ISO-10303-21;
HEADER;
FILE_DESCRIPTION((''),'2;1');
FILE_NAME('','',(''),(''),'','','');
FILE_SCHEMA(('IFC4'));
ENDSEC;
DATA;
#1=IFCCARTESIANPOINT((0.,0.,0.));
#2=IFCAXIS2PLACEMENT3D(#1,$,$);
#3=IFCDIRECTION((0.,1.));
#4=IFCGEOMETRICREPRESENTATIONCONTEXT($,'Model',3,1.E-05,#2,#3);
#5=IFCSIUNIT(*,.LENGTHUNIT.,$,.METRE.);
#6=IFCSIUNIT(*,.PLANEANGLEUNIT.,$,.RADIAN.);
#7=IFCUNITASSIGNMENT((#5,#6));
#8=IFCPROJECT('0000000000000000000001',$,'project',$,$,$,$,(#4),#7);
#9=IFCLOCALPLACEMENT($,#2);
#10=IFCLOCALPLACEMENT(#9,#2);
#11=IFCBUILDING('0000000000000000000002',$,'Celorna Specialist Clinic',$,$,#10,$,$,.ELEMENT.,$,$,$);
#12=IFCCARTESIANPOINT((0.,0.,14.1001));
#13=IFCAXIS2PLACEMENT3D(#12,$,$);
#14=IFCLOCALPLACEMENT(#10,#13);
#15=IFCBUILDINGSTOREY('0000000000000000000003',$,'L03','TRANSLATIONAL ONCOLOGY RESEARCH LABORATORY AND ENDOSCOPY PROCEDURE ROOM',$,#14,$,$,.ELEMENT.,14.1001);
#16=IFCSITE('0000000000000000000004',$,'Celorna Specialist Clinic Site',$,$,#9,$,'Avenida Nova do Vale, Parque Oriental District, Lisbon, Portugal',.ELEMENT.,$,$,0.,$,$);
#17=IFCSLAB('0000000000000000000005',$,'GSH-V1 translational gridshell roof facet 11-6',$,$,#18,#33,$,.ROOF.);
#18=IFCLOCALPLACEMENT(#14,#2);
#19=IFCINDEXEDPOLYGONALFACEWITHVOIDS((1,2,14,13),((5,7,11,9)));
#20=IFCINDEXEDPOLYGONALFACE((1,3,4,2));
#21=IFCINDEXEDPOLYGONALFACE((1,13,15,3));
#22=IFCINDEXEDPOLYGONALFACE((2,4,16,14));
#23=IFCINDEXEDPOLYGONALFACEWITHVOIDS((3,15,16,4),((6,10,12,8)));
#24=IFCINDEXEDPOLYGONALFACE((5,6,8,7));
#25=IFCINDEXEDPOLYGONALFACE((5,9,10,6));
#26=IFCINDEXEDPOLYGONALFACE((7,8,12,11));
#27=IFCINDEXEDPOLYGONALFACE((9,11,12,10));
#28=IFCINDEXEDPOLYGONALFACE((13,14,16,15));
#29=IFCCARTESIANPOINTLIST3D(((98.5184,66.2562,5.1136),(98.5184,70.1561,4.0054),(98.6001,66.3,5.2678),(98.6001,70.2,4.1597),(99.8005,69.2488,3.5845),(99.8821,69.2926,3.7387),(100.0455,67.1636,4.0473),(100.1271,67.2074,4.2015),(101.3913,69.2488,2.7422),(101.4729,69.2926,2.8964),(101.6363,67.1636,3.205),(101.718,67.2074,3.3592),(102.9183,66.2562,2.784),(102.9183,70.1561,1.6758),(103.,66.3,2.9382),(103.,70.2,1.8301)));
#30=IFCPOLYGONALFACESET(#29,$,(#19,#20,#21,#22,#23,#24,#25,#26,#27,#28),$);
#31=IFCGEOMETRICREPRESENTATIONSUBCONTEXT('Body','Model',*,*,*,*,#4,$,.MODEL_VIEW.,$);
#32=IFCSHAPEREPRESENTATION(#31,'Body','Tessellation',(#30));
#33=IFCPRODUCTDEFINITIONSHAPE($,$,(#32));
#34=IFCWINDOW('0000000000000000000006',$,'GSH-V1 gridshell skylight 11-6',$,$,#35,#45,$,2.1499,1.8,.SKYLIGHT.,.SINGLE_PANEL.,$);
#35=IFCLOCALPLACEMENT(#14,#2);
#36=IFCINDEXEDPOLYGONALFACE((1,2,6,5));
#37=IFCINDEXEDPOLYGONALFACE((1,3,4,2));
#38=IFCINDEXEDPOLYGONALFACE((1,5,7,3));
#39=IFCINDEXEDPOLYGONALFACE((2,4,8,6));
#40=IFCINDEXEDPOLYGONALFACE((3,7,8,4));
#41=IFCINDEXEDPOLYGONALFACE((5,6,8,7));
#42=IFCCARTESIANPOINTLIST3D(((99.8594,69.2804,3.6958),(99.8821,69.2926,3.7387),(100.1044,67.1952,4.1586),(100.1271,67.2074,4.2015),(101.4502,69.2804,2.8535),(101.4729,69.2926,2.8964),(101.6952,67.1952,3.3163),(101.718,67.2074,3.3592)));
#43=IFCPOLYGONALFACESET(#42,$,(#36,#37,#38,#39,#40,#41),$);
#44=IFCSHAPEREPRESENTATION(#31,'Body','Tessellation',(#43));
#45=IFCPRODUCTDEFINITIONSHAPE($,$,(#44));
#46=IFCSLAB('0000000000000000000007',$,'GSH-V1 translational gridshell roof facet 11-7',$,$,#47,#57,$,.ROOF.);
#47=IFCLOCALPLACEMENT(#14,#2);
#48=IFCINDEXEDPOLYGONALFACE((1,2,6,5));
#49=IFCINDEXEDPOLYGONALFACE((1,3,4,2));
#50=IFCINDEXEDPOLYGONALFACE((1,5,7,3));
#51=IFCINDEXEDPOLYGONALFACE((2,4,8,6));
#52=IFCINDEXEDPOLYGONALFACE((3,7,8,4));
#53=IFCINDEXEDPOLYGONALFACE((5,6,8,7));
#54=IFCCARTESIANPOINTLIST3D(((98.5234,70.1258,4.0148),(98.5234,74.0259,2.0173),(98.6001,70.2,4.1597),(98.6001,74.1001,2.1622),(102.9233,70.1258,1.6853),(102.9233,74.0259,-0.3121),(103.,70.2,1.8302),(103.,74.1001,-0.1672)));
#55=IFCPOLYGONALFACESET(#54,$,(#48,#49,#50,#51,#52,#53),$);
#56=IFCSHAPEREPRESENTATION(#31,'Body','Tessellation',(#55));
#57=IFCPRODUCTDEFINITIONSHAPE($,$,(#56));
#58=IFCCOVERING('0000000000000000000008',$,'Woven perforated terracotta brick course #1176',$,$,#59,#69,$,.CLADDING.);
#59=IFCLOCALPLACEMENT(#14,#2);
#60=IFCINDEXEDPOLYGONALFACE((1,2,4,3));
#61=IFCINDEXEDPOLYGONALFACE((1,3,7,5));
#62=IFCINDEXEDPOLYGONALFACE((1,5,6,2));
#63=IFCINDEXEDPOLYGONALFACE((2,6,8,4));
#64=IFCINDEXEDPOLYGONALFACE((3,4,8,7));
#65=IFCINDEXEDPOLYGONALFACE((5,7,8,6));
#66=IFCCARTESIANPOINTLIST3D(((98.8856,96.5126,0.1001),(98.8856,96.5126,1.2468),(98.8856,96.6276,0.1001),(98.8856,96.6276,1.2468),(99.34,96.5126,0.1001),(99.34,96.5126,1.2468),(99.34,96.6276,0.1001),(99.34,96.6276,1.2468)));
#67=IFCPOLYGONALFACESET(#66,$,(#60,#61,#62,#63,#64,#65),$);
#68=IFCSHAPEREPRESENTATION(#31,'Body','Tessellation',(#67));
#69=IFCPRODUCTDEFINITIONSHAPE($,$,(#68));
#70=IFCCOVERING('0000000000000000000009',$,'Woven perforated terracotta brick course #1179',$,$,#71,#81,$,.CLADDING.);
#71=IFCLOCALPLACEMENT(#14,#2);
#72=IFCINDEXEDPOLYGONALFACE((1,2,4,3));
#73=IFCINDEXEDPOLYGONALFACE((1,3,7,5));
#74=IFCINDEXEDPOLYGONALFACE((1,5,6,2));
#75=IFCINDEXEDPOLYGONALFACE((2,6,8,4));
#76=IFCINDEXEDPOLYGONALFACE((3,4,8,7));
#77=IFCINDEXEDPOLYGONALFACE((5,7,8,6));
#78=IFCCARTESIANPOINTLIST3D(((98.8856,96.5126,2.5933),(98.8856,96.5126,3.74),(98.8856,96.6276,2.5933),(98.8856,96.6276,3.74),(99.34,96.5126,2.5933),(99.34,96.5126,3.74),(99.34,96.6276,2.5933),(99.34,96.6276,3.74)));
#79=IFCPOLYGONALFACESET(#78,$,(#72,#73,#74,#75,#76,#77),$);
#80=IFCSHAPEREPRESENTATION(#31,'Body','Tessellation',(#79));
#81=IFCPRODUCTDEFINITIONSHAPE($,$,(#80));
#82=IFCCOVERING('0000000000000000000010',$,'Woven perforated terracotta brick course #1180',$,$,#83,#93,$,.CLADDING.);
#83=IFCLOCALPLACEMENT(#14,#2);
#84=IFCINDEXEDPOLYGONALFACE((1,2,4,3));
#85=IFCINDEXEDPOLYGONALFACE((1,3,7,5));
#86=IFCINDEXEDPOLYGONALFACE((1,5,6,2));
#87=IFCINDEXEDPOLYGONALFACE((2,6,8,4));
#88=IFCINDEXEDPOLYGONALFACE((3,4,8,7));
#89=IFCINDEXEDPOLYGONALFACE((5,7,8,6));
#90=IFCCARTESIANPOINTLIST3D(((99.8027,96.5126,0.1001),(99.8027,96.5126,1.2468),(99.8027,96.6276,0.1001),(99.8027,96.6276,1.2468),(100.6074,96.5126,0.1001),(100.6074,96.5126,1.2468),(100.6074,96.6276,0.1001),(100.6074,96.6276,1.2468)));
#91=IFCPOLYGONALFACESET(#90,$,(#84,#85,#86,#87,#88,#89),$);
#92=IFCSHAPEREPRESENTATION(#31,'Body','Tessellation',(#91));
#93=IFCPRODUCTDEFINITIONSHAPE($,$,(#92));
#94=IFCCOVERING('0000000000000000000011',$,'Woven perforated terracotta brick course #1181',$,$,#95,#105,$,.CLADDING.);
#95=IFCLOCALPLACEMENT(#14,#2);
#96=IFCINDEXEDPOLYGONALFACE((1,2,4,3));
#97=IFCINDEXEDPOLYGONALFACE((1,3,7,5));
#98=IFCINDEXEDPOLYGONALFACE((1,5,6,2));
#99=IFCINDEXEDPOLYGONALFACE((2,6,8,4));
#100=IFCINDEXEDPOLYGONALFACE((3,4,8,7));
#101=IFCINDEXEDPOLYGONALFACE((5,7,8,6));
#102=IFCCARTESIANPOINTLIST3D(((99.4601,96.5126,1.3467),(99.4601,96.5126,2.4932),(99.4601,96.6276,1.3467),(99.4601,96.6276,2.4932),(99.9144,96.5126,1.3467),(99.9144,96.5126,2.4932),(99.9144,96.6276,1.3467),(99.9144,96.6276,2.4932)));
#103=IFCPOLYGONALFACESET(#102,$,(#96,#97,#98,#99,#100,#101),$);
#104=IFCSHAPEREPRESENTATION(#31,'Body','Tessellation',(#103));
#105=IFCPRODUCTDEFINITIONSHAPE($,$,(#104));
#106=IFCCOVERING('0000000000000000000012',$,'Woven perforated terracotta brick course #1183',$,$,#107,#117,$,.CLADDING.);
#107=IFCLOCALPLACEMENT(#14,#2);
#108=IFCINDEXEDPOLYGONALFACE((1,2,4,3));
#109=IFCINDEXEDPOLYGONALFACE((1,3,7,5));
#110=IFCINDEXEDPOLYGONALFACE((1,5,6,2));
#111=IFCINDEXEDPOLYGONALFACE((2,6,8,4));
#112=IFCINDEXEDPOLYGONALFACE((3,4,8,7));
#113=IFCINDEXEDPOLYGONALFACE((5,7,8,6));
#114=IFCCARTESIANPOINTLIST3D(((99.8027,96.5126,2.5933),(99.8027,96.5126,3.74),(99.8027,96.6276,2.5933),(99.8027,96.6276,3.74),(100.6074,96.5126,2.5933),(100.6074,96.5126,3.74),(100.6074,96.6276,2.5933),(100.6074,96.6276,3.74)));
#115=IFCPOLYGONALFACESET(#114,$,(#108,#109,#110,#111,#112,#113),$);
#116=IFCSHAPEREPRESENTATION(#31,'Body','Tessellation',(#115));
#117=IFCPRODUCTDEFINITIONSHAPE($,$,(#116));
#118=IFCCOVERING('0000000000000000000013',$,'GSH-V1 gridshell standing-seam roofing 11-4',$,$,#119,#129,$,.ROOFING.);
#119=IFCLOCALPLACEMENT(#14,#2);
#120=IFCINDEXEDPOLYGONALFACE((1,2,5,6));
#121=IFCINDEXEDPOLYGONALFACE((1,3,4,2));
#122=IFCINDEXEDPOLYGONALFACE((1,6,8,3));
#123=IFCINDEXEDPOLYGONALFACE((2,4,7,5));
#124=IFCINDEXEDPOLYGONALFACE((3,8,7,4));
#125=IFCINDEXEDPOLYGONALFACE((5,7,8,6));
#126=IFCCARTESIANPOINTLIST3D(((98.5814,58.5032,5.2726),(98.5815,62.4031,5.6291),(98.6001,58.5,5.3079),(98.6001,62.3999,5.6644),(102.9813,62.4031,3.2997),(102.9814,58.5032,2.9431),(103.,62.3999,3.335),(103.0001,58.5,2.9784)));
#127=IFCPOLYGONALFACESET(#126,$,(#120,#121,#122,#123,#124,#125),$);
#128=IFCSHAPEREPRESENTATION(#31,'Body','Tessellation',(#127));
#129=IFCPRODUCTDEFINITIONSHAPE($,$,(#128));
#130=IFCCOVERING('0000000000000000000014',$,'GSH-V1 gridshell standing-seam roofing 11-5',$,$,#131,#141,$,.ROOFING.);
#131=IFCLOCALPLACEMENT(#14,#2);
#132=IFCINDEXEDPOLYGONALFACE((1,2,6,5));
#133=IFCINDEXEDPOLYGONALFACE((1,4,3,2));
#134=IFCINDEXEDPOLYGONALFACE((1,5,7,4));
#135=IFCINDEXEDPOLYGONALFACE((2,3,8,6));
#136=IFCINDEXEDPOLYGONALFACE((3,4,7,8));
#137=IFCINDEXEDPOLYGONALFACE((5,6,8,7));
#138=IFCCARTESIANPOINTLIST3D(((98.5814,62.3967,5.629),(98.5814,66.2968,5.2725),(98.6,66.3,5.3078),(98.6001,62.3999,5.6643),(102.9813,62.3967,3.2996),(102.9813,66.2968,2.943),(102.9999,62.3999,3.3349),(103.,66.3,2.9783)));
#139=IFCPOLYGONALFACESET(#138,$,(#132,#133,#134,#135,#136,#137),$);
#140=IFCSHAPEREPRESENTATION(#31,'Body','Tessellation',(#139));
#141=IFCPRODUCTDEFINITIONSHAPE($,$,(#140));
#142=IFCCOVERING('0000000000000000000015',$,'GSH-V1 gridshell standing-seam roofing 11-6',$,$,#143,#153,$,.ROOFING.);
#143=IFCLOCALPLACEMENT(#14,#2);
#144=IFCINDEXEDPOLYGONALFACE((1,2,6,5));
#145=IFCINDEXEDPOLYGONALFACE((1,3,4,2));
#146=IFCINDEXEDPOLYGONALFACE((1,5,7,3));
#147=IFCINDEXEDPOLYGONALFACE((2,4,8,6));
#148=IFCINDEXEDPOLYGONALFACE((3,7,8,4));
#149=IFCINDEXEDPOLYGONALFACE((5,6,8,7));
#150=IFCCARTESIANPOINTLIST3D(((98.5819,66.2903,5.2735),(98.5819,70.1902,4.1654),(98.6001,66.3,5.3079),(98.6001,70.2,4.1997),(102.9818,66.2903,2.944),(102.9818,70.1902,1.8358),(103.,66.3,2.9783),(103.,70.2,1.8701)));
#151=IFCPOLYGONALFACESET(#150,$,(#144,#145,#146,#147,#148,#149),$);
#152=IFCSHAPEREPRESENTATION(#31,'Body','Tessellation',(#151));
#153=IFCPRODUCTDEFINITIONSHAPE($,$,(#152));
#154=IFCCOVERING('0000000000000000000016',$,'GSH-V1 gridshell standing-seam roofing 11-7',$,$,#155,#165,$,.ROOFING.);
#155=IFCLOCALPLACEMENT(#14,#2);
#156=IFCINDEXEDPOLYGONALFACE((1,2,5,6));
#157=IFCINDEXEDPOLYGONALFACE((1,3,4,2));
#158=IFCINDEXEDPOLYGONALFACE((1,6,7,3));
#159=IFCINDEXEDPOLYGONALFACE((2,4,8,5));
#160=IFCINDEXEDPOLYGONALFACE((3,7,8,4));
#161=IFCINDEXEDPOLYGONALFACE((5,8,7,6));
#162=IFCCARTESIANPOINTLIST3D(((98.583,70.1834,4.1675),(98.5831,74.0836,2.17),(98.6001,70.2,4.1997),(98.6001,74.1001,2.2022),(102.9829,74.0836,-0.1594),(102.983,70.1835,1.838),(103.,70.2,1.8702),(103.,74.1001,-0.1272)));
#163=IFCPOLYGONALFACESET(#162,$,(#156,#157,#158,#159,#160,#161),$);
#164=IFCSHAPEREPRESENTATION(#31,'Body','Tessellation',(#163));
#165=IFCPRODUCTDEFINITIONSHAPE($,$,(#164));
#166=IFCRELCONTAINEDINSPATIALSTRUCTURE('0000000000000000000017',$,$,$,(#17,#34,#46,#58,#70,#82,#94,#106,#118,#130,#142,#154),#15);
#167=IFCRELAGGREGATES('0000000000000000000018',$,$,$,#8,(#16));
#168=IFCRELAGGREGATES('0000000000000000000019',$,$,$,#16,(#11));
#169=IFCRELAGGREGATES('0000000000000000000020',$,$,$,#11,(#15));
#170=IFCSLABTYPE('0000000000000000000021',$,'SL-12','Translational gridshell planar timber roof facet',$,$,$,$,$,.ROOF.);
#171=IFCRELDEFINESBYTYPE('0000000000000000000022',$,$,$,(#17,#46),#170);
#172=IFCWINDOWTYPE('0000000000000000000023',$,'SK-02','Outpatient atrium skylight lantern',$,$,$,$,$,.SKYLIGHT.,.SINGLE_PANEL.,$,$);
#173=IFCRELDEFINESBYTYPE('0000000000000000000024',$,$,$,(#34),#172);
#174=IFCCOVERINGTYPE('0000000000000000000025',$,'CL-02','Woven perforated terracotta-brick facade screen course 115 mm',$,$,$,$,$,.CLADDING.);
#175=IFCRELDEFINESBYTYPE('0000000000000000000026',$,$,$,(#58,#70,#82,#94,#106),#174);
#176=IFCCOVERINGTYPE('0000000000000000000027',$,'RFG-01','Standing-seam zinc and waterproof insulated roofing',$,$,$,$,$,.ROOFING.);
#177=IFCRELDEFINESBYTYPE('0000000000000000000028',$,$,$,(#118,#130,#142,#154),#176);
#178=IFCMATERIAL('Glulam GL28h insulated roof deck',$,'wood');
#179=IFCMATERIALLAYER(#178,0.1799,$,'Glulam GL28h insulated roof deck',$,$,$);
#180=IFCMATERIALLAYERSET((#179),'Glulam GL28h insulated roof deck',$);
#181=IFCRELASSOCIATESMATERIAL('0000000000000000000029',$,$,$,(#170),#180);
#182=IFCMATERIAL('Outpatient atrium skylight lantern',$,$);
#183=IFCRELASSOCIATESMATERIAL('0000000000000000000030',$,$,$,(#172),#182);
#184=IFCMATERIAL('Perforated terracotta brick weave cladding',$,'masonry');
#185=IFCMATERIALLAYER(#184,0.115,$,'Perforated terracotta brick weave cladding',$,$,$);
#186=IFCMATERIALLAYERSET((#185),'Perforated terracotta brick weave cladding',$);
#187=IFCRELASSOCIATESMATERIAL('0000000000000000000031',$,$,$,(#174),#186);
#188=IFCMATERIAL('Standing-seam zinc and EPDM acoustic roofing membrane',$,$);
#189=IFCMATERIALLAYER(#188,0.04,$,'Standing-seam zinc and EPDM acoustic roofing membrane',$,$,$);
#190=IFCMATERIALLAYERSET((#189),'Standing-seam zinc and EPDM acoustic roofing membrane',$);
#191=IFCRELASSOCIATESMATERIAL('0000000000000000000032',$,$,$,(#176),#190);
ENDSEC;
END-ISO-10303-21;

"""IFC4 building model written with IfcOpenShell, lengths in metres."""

from ifc_helpers import new_model, si_unit, direction, frame, origin, origin_2d, place, context, subcontext, project, spatial, polyline, rectangle, outline, extrude, material, layer, layer_set, type_object, element, fill, save


model = new_model("IFC4")

# Units and contexts
model_context = context("Model", 3, precision=1e-05, world=origin(), true_north=direction((0.0, 1.0)))
body_context = subcontext(model_context, "Body", "Model", "MODEL_VIEW")
ifc_project = project(units=[si_unit("LENGTHUNIT", "METRE"), si_unit("PLANEANGLEUNIT", "RADIAN")], contexts=[model_context])

# Site, building, storey
site_placement = place(None, origin())
site = spatial("IfcSite", under=ifc_project, at=site_placement, Name="Celorna Specialist Clinic Site", LongName="Avenida Nova do Vale, Parque Oriental District, Lisbon, Portugal", CompositionType="ELEMENT", RefElevation=0.0)
building_placement = place(site_placement, origin())
building = spatial("IfcBuilding", under=site, at=building_placement, Name="Celorna Specialist Clinic", CompositionType="ELEMENT")
storey_placement = place(building_placement, frame((0.0, 0.0, 14.1001)))
storey = spatial("IfcBuildingStorey", under=building, at=storey_placement, Name="L03", Description="TRANSLATIONAL ONCOLOGY RESEARCH LABORATORY AND ENDOSCOPY PROCEDURE ROOM", CompositionType="ELEMENT", Elevation=14.1001)

# Shared definitions
ifc_material_1 = material(Name="Glulam GL28h insulated roof deck", Category="wood")
ifc_layer_1 = layer(ifc_material_1, 0.1799, Name="Glulam GL28h insulated roof deck")
ifc_layer_set_1 = layer_set([ifc_layer_1], Name="Glulam GL28h insulated roof deck")
slab_type = type_object("IfcSlabType", Name="SL-12", Description="Translational gridshell planar timber roof facet", PredefinedType="ROOF", material=ifc_layer_set_1)

# Slab, opening, window
slab_1_placement = place(storey_placement, frame((98.6001, 66.3, 5.2678), z_axis=(0.453833, 0.24356, 0.857155), x_axis=(0.883769, 0.0, -0.467924)))
slab_1 = element("IfcSlab", 1, at=slab_1_placement, inside=storey, type_object=slab_type, Name="GSH-V1 translational gridshell roof facet 11-6", PredefinedType="ROOF", context=body_context, shape_type="SweptSolid", body=[
    extrude(outline(polyline([(0.0, 0.0), (4.9786, 0.0), (5.4971, 4.021), (0.5185, 4.021), (0.0, 0.0)])), origin(), (0.0, 0.0, -1.0), 0.1799),
])
opening_placement = place(slab_1_placement, frame((2.7485, 2.0105, 0.01)))
opening = element("IfcOpeningElement", 2, at=opening_placement, cuts=slab_1, PredefinedType="OPENING", context=body_context, shape_type="SweptSolid", body=[
    extrude(rectangle(XDim=1.8, YDim=2.1499, at=origin_2d()), origin(), (0.0, 0.0, -1.0), 0.2),
])
ifc_material_2 = material(Name="Outpatient atrium skylight lantern")
window_type = type_object("IfcWindowType", Name="SK-02", Description="Outpatient atrium skylight lantern", PartitioningType="SINGLE_PANEL", PredefinedType="SKYLIGHT", material=ifc_material_2)
window_placement = place(opening_placement, frame((0.0, 0.0, -0.01)))
window = element("IfcWindow", 3, at=window_placement, inside=storey, type_object=window_type, Name="GSH-V1 gridshell skylight 11-6", OverallHeight=2.1499, OverallWidth=1.8, PartitioningType="SINGLE_PANEL", PredefinedType="SKYLIGHT", context=body_context, shape_type="SweptSolid", body=[
    extrude(rectangle(XDim=1.8, YDim=2.1499, at=origin_2d()), origin(), (0.0, 0.0, -1.0), 0.05),
])
fill(opening, window)

# Slab
slab_2_placement = place(storey_placement, frame((98.6001, 70.2, 4.1597), z_axis=(0.426273, 0.41235, 0.805145), x_axis=(0.883777, 0.000008, -0.467908)))
element("IfcSlab", 4, at=slab_2_placement, inside=storey, type_object=slab_type, Name="GSH-V1 translational gridshell roof facet 11-7", PredefinedType="ROOF", context=body_context, shape_type="SweptSolid", body=[
    extrude(outline(polyline([(0.0, 0.0), (4.9786, 0.0), (5.9132, 4.281), (0.9347, 4.2811), (0.0, 0.0)])), origin(), (0.0, 0.0, -1.0), 0.1799),
])

# Coverings
ifc_material_3 = material(Name="Perforated terracotta brick weave cladding", Category="masonry")
ifc_layer_2 = layer(ifc_material_3, 0.115, Name="Perforated terracotta brick weave cladding")
ifc_layer_set_2 = layer_set([ifc_layer_2], Name="Perforated terracotta brick weave cladding")
covering_type_1 = type_object("IfcCoveringType", Name="CL-02", Description="Woven perforated terracotta-brick facade screen course 115 mm", PredefinedType="CLADDING", material=ifc_layer_set_2)
for number, where, z_axis, x_axis, name in (
    (5, (99.1128, 96.5701, 0.1001), (0.0, 0.0, 1.0), (1.0, 0.0, 0.0), "Woven perforated terracotta brick course #1176"),
    (6, (99.1128, 96.5701, 2.5933), (0.0, 0.0, 1.0), (1.0, 0.0, 0.0), "Woven perforated terracotta brick course #1179"),
):
    element("IfcCovering", number, at=place(storey_placement, frame(where, z_axis=z_axis, x_axis=x_axis)), inside=storey, type_object=covering_type_1, Name=name, PredefinedType="CLADDING", context=body_context, shape_type="SweptSolid", body=[
        extrude(rectangle(XDim=0.4543, YDim=0.115, at=origin_2d()), origin(), (0.0, 0.0, 1.0), 1.1467),
    ])
covering_1_placement = place(storey_placement, frame((100.2051, 96.5701, 0.1001), z_axis=(0.0, 0.0, 1.0), x_axis=(1.0, 0.0, 0.0)))
element("IfcCovering", 7, at=covering_1_placement, inside=storey, type_object=covering_type_1, Name="Woven perforated terracotta brick course #1180", PredefinedType="CLADDING", context=body_context, shape_type="SweptSolid", body=[
    extrude(rectangle(XDim=0.8047, YDim=0.115, at=origin_2d()), origin(), (0.0, 0.0, 1.0), 1.1467),
])
covering_2_placement = place(storey_placement, frame((99.6873, 96.5701, 1.3467), z_axis=(0.0, 0.0, 1.0), x_axis=(1.0, 0.0, 0.0)))
element("IfcCovering", 8, at=covering_2_placement, inside=storey, type_object=covering_type_1, Name="Woven perforated terracotta brick course #1181", PredefinedType="CLADDING", context=body_context, shape_type="SweptSolid", body=[
    extrude(rectangle(XDim=0.4543, YDim=0.115, at=origin_2d()), origin(), (0.0, 0.0, 1.0), 1.1465),
])
covering_3_placement = place(storey_placement, frame((100.2051, 96.5701, 2.5933), z_axis=(0.0, 0.0, 1.0), x_axis=(1.0, 0.0, 0.0)))
element("IfcCovering", 9, at=covering_3_placement, inside=storey, type_object=covering_type_1, Name="Woven perforated terracotta brick course #1183", PredefinedType="CLADDING", context=body_context, shape_type="SweptSolid", body=[
    extrude(rectangle(XDim=0.8047, YDim=0.115, at=origin_2d()), origin(), (0.0, 0.0, 1.0), 1.1467),
])
ifc_material_4 = material(Name="Standing-seam zinc and EPDM acoustic roofing membrane")
ifc_layer_3 = layer(ifc_material_4, 0.04, Name="Standing-seam zinc and EPDM acoustic roofing membrane")
ifc_layer_set_3 = layer_set([ifc_layer_3], Name="Standing-seam zinc and EPDM acoustic roofing membrane")
covering_type_2 = type_object("IfcCoveringType", Name="RFG-01", Description="Standing-seam zinc and waterproof insulated roofing", PredefinedType="ROOFING", material=ifc_layer_set_3)
covering_4_placement = place(storey_placement, frame((98.6001, 58.5, 5.3079), z_axis=(0.466385, -0.080541, 0.880908), x_axis=(0.883779, -0.000002, -0.467905)))
element("IfcCovering", 10, at=covering_4_placement, inside=storey, type_object=covering_type_2, Name="GSH-V1 gridshell standing-seam roofing 11-4", PredefinedType="ROOFING", context=body_context, shape_type="SweptSolid", body=[
    extrude(outline(polyline([(0.0, 0.0), (4.9786, 0.0), (4.8117, 3.9126), (-0.1668, 3.9126), (0.0, 0.0)])), origin(), (0.0, 0.0, -1.0), 0.04),
])
covering_5_placement = place(storey_placement, frame((98.6001, 62.3999, 5.6643), z_axis=(0.466385, 0.080536, 0.880908), x_axis=(0.883779, -0.000002, -0.467904)))
element("IfcCovering", 11, at=covering_5_placement, inside=storey, type_object=covering_type_2, Name="GSH-V1 gridshell standing-seam roofing 11-5", PredefinedType="ROOFING", context=body_context, shape_type="SweptSolid", body=[
    extrude(outline(polyline([(0.0, 0.0), (4.9785, 0.0), (5.1453, 3.9129), (0.1668, 3.9128), (0.0, 0.0)])), origin(), (0.0, 0.0, -1.0), 0.04),
])
covering_6_placement = place(storey_placement, frame((98.6001, 66.3, 5.3079), z_axis=(0.453833, 0.24356, 0.857155), x_axis=(0.883769, 0.0, -0.467924)))
element("IfcCovering", 12, at=covering_6_placement, inside=storey, type_object=covering_type_2, Name="GSH-V1 gridshell standing-seam roofing 11-6", PredefinedType="ROOFING", context=body_context, shape_type="SweptSolid", body=[
    extrude(outline(polyline([(0.0, 0.0), (4.9786, 0.0), (5.4971, 4.021), (0.5185, 4.021), (0.0, 0.0)])), origin(), (0.0, 0.0, -1.0), 0.04),
])
covering_7_placement = place(storey_placement, frame((98.6001, 70.2, 4.1997), z_axis=(0.426273, 0.41235, 0.805145), x_axis=(0.883777, 0.000008, -0.467908)))
element("IfcCovering", 13, at=covering_7_placement, inside=storey, type_object=covering_type_2, Name="GSH-V1 gridshell standing-seam roofing 11-7", PredefinedType="ROOFING", context=body_context, shape_type="SweptSolid", body=[
    extrude(outline(polyline([(0.0, 0.0), (4.9786, 0.0), (5.9132, 4.281), (0.9347, 4.2811), (0.0, 0.0)])), origin(), (0.0, 0.0, -1.0), 0.04),
])

save(model, "model.ifc")
